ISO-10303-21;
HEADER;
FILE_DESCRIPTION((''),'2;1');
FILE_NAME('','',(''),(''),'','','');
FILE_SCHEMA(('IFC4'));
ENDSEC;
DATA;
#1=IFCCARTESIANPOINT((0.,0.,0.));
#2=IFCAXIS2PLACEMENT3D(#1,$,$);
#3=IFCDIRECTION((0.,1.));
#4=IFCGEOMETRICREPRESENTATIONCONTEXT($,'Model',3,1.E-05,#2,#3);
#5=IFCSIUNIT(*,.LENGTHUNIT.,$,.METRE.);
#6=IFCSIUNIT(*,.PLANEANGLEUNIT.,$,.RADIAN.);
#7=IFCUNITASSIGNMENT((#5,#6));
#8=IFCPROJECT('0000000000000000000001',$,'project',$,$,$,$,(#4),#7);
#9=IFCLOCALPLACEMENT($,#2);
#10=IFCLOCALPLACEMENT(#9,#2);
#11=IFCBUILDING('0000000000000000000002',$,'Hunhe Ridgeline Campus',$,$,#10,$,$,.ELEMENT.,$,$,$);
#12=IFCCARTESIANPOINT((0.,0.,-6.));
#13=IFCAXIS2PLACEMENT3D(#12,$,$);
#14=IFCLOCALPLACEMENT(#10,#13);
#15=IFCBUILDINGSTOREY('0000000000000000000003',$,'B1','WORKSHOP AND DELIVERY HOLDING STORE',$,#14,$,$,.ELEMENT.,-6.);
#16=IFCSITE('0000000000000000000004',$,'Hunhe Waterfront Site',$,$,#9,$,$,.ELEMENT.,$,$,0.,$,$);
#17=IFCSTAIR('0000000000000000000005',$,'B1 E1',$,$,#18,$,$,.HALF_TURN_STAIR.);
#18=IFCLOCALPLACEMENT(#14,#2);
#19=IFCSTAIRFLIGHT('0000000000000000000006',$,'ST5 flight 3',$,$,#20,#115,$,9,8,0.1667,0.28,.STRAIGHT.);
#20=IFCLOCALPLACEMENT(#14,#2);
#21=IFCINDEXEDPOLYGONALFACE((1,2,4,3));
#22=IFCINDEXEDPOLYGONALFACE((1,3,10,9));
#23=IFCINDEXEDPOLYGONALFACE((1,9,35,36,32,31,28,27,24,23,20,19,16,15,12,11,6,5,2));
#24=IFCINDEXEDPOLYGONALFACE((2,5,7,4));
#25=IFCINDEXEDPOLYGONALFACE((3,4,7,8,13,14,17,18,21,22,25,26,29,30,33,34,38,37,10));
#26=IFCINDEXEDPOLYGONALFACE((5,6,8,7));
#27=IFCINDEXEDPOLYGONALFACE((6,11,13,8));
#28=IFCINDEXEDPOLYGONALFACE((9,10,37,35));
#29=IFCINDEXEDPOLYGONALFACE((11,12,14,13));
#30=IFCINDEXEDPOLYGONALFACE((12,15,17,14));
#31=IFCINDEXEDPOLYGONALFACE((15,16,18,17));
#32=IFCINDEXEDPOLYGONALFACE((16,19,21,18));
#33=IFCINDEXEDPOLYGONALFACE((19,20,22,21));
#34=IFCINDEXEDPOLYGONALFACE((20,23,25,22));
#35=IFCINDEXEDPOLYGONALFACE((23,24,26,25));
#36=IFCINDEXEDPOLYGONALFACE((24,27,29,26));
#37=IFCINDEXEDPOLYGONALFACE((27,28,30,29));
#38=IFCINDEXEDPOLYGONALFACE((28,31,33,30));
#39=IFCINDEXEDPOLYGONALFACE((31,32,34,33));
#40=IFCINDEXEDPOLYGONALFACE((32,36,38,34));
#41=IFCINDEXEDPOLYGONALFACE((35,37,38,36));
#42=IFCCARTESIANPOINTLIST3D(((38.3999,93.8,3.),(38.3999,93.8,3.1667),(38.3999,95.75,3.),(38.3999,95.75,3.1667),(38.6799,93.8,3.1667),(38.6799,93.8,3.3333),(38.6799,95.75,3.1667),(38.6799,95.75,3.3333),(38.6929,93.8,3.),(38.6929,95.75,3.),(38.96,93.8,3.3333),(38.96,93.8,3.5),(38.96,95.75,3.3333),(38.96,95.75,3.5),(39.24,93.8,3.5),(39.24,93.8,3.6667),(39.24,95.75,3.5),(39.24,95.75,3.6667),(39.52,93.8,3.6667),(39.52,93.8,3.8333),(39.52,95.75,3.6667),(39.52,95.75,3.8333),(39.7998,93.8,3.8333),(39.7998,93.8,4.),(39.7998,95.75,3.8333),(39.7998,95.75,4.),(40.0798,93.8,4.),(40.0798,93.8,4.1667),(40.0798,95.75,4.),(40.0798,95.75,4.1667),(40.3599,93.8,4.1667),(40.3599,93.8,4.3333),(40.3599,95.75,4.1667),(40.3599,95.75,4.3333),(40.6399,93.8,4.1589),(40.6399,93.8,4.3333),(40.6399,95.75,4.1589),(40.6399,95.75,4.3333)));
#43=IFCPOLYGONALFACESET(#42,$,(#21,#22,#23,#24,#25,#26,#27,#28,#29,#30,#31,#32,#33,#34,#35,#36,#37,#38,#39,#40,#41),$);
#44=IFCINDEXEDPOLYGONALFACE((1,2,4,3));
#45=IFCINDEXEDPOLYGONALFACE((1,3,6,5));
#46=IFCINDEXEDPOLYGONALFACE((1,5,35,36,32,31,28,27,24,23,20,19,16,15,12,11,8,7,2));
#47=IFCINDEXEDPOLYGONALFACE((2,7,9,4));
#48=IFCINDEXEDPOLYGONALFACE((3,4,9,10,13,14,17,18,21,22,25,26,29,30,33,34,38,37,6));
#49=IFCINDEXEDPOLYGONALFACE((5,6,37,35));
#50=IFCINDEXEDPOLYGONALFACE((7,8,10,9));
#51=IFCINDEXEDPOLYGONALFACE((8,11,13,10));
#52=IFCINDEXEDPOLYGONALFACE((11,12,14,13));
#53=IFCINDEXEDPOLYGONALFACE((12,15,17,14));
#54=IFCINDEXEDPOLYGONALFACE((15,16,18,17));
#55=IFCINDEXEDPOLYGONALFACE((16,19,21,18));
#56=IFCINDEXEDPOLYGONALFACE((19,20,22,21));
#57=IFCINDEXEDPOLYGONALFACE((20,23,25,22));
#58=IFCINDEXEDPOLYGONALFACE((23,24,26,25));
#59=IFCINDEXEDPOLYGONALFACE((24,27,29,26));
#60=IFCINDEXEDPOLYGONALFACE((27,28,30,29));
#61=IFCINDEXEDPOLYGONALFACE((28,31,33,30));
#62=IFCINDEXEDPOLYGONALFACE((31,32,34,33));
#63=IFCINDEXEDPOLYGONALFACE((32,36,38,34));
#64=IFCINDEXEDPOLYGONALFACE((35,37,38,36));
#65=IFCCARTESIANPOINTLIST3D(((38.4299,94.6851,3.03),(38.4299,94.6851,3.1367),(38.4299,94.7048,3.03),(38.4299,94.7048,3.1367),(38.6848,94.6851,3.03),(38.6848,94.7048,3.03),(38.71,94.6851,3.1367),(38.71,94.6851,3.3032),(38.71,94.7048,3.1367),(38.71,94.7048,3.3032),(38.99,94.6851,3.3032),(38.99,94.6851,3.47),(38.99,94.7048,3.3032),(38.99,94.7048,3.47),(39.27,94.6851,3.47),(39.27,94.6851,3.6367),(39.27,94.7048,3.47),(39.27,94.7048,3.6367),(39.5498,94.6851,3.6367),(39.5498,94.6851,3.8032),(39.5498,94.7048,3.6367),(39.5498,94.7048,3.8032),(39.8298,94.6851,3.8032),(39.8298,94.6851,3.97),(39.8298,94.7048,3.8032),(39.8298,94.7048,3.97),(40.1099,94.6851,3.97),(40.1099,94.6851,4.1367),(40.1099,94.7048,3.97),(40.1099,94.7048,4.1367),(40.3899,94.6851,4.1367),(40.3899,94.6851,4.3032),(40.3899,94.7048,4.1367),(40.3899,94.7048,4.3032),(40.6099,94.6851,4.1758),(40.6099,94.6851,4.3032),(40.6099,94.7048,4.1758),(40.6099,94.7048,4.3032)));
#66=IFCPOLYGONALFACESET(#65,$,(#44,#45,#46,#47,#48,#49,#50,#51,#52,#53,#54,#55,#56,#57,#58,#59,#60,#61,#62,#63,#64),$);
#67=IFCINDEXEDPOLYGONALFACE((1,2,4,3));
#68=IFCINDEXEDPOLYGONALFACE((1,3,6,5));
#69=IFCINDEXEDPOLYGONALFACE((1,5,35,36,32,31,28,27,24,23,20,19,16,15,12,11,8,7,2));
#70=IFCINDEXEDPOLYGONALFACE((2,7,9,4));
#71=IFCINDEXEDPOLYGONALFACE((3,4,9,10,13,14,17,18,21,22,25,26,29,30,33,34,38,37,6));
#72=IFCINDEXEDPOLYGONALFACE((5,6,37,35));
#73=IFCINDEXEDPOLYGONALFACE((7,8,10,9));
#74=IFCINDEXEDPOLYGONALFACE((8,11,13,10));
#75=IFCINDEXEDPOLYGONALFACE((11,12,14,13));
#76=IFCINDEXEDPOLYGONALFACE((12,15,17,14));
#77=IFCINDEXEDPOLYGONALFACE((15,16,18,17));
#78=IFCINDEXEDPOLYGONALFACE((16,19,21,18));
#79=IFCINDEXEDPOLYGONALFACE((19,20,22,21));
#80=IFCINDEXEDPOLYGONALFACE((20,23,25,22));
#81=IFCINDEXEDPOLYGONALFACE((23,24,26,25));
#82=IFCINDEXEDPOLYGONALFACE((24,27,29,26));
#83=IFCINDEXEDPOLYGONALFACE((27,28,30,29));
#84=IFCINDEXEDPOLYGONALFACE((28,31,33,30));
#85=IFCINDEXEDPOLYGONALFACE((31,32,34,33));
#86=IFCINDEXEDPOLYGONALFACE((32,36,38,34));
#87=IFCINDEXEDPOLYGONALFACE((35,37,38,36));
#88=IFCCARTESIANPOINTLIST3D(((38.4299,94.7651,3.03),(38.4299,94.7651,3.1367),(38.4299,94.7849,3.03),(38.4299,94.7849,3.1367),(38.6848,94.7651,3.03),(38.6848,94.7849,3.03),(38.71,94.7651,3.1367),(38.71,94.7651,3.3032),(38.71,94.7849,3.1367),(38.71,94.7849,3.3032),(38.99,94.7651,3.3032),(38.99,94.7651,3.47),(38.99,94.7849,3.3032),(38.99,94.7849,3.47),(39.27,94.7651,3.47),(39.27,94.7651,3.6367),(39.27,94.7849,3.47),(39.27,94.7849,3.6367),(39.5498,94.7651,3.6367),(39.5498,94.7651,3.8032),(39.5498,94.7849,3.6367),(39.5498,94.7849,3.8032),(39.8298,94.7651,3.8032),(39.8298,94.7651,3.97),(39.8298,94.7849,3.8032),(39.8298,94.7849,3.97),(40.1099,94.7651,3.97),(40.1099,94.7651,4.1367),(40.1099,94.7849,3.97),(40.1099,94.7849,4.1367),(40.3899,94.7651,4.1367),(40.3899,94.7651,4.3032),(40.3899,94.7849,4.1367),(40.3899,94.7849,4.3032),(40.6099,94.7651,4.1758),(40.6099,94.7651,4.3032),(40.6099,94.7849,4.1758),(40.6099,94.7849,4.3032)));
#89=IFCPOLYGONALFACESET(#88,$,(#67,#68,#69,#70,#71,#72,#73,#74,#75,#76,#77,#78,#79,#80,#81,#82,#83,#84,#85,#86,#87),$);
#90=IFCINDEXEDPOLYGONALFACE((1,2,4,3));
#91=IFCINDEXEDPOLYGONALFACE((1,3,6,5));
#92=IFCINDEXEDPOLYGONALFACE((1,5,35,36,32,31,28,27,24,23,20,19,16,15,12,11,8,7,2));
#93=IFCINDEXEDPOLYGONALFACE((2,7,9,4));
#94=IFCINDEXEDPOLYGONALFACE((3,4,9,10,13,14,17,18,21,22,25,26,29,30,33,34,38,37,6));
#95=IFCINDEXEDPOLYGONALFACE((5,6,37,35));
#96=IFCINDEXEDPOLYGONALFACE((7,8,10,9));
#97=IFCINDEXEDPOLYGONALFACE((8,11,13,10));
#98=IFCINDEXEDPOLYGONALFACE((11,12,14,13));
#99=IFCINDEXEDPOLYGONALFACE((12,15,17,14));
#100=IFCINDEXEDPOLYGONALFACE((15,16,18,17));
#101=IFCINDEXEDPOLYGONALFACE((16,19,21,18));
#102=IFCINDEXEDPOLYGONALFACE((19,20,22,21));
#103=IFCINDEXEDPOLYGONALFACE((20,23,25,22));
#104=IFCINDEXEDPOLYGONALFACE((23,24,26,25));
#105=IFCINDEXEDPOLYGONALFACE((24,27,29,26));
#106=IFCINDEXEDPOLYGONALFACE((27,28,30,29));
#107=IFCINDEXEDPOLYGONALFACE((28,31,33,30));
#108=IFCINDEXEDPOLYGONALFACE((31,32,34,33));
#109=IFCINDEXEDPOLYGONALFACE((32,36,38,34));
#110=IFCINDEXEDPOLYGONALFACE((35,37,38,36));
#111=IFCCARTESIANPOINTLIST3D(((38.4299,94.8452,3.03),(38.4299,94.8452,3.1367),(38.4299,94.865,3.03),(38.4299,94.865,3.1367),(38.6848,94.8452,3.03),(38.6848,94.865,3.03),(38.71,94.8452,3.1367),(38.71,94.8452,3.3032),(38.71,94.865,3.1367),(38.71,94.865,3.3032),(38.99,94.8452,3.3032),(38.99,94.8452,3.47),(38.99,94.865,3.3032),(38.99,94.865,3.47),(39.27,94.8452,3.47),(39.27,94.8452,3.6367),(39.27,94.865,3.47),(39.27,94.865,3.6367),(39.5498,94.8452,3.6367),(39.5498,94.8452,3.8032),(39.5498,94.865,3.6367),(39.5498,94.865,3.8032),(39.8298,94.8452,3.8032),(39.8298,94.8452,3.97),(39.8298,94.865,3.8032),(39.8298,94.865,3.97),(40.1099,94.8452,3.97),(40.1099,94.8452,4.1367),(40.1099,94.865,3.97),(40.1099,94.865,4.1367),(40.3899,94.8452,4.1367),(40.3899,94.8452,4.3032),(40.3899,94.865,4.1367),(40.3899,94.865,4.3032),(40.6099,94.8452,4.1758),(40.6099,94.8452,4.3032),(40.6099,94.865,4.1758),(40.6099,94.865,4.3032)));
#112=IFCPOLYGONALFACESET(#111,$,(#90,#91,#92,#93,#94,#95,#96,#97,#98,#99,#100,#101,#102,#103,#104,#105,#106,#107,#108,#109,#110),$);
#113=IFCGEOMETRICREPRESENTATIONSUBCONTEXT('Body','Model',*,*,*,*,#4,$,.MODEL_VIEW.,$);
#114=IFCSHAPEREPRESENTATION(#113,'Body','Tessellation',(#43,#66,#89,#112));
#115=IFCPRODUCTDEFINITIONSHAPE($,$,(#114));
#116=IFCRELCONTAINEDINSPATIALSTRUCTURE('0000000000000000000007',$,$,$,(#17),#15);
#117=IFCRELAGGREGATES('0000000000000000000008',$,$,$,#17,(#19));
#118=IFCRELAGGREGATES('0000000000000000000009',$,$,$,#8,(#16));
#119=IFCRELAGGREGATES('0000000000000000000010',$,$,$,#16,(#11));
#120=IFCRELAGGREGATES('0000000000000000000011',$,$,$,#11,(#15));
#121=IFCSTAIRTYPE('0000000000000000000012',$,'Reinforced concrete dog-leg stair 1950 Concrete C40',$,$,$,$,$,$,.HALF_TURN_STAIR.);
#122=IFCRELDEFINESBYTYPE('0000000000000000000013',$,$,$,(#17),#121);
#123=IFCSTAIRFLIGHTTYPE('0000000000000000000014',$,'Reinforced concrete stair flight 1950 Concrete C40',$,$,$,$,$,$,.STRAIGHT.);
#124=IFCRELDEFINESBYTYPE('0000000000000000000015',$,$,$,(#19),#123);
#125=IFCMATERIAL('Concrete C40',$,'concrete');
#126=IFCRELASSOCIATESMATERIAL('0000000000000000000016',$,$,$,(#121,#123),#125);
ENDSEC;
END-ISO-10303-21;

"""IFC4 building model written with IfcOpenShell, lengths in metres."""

from ifc_helpers import new_model, si_unit, direction, frame, origin, place, context, subcontext, project, spatial, polyline, outline, extrude, material, type_object, element, aggregate, save


model = new_model("IFC4")

# Units and contexts
model_context = context("Model", 3, precision=1e-05, world=origin(), true_north=direction((0.0, 1.0)))
body_context = subcontext(model_context, "Body", "Model", "MODEL_VIEW")
ifc_project = project(units=[si_unit("LENGTHUNIT", "METRE"), si_unit("PLANEANGLEUNIT", "RADIAN")], contexts=[model_context])

# Site, building, storey
site_placement = place(None, origin())
site = spatial("IfcSite", under=ifc_project, at=site_placement, Name="Hunhe Waterfront Site", CompositionType="ELEMENT", RefElevation=0.0)
building_placement = place(site_placement, origin())
building = spatial("IfcBuilding", under=site, at=building_placement, Name="Hunhe Ridgeline Campus", CompositionType="ELEMENT")
storey_placement = place(building_placement, frame((0.0, 0.0, -6.0)))
storey = spatial("IfcBuildingStorey", under=building, at=storey_placement, Name="B1", Description="WORKSHOP AND DELIVERY HOLDING STORE", CompositionType="ELEMENT", Elevation=-6.0)

# Stair, stair flight
ifc_material_1 = material(Name="Concrete C40", Category="concrete")
stair_type = type_object("IfcStairType", Name="Reinforced concrete dog-leg stair 1950 Concrete C40", PredefinedType="HALF_TURN_STAIR", material=ifc_material_1)
stair_flight_type = type_object("IfcStairFlightType", Name="Reinforced concrete stair flight 1950 Concrete C40", PredefinedType="STRAIGHT", material=ifc_material_1)
stair_1_placement = place(storey_placement, origin())
stair_1 = element("IfcStair", 1, at=stair_1_placement, inside=storey, type_object=stair_type, Name="B1 E1", PredefinedType="HALF_TURN_STAIR")
stair_flight_1_placement = place(storey_placement, frame((38.3999, 94.7749, 3.0), z_axis=(0.0, 0.0, 1.0), x_axis=(1.0, 0.0, 0.0)))
stair_flight_1 = element("IfcStairFlight", 2, at=stair_flight_1_placement, type_object=stair_flight_type, Name="ST5 flight 3", NumberOfRisers=9, NumberOfTreads=8, PredefinedType="STRAIGHT", RiserHeight=0.1667, TreadLength=0.28, context=body_context, shape_type="SweptSolid", body=[
    extrude(outline(polyline([(0.0, 0.0), (0.0, 0.1667), (0.28, 0.1667), (0.28, 0.3333), (0.5601, 0.3333), (0.5601, 0.5), (0.8401, 0.5), (0.8401, 0.6667), (1.1201, 0.6667), (1.1201, 0.8333), (1.3999, 0.8333), (1.3999, 1.0), (1.6799, 1.0), (1.6799, 1.1667), (1.96, 1.1667), (1.96, 1.3333), (2.24, 1.3333), (2.24, 1.5), (2.24, 1.1589), (0.293, 0.0), (0.0, 0.0)])), frame((0.0, 0.9751, 0.0), z_axis=(0.0, -1.0, 0.0), x_axis=(1.0, 0.0, 0.0)), (0.0, 0.0, 1.0), 1.95),
    extrude(outline(polyline([(0.03, 0.03), (0.03, 0.1367), (0.3101, 0.1367), (0.3101, 0.3032), (0.5901, 0.3032), (0.5901, 0.47), (0.8701, 0.47), (0.8701, 0.6367), (1.1499, 0.6367), (1.1499, 0.8032), (1.4299, 0.8032), (1.4299, 0.97), (1.71, 0.97), (1.71, 1.1367), (1.99, 1.1367), (1.99, 1.3032), (2.21, 1.3032), (2.21, 1.1758), (0.2849, 0.03), (0.03, 0.03)])), frame((0.0, -0.0701, 0.0), z_axis=(0.0, -1.0, 0.0), x_axis=(1.0, 0.0, 0.0)), (0.0, 0.0, 1.0), 0.0198),
    extrude(outline(polyline([(0.03, 0.03), (0.03, 0.1367), (0.3101, 0.1367), (0.3101, 0.3032), (0.5901, 0.3032), (0.5901, 0.47), (0.8701, 0.47), (0.8701, 0.6367), (1.1499, 0.6367), (1.1499, 0.8032), (1.4299, 0.8032), (1.4299, 0.97), (1.71, 0.97), (1.71, 1.1367), (1.99, 1.1367), (1.99, 1.3032), (2.21, 1.3032), (2.21, 1.1758), (0.2849, 0.03), (0.03, 0.03)])), frame((0.0, 0.01, 0.0), z_axis=(0.0, -1.0, 0.0), x_axis=(1.0, 0.0, 0.0)), (0.0, 0.0, 1.0), 0.0198),
    extrude(outline(polyline([(0.03, 0.03), (0.03, 0.1367), (0.3101, 0.1367), (0.3101, 0.3032), (0.5901, 0.3032), (0.5901, 0.47), (0.8701, 0.47), (0.8701, 0.6367), (1.1499, 0.6367), (1.1499, 0.8032), (1.4299, 0.8032), (1.4299, 0.97), (1.71, 0.97), (1.71, 1.1367), (1.99, 1.1367), (1.99, 1.3032), (2.21, 1.3032), (2.21, 1.1758), (0.2849, 0.03), (0.03, 0.03)])), frame((0.0, 0.0901, 0.0), z_axis=(0.0, -1.0, 0.0), x_axis=(1.0, 0.0, 0.0)), (0.0, 0.0, 1.0), 0.0198),
])
aggregate(stair_1, [stair_flight_1])

save(model, "model.ifc")
